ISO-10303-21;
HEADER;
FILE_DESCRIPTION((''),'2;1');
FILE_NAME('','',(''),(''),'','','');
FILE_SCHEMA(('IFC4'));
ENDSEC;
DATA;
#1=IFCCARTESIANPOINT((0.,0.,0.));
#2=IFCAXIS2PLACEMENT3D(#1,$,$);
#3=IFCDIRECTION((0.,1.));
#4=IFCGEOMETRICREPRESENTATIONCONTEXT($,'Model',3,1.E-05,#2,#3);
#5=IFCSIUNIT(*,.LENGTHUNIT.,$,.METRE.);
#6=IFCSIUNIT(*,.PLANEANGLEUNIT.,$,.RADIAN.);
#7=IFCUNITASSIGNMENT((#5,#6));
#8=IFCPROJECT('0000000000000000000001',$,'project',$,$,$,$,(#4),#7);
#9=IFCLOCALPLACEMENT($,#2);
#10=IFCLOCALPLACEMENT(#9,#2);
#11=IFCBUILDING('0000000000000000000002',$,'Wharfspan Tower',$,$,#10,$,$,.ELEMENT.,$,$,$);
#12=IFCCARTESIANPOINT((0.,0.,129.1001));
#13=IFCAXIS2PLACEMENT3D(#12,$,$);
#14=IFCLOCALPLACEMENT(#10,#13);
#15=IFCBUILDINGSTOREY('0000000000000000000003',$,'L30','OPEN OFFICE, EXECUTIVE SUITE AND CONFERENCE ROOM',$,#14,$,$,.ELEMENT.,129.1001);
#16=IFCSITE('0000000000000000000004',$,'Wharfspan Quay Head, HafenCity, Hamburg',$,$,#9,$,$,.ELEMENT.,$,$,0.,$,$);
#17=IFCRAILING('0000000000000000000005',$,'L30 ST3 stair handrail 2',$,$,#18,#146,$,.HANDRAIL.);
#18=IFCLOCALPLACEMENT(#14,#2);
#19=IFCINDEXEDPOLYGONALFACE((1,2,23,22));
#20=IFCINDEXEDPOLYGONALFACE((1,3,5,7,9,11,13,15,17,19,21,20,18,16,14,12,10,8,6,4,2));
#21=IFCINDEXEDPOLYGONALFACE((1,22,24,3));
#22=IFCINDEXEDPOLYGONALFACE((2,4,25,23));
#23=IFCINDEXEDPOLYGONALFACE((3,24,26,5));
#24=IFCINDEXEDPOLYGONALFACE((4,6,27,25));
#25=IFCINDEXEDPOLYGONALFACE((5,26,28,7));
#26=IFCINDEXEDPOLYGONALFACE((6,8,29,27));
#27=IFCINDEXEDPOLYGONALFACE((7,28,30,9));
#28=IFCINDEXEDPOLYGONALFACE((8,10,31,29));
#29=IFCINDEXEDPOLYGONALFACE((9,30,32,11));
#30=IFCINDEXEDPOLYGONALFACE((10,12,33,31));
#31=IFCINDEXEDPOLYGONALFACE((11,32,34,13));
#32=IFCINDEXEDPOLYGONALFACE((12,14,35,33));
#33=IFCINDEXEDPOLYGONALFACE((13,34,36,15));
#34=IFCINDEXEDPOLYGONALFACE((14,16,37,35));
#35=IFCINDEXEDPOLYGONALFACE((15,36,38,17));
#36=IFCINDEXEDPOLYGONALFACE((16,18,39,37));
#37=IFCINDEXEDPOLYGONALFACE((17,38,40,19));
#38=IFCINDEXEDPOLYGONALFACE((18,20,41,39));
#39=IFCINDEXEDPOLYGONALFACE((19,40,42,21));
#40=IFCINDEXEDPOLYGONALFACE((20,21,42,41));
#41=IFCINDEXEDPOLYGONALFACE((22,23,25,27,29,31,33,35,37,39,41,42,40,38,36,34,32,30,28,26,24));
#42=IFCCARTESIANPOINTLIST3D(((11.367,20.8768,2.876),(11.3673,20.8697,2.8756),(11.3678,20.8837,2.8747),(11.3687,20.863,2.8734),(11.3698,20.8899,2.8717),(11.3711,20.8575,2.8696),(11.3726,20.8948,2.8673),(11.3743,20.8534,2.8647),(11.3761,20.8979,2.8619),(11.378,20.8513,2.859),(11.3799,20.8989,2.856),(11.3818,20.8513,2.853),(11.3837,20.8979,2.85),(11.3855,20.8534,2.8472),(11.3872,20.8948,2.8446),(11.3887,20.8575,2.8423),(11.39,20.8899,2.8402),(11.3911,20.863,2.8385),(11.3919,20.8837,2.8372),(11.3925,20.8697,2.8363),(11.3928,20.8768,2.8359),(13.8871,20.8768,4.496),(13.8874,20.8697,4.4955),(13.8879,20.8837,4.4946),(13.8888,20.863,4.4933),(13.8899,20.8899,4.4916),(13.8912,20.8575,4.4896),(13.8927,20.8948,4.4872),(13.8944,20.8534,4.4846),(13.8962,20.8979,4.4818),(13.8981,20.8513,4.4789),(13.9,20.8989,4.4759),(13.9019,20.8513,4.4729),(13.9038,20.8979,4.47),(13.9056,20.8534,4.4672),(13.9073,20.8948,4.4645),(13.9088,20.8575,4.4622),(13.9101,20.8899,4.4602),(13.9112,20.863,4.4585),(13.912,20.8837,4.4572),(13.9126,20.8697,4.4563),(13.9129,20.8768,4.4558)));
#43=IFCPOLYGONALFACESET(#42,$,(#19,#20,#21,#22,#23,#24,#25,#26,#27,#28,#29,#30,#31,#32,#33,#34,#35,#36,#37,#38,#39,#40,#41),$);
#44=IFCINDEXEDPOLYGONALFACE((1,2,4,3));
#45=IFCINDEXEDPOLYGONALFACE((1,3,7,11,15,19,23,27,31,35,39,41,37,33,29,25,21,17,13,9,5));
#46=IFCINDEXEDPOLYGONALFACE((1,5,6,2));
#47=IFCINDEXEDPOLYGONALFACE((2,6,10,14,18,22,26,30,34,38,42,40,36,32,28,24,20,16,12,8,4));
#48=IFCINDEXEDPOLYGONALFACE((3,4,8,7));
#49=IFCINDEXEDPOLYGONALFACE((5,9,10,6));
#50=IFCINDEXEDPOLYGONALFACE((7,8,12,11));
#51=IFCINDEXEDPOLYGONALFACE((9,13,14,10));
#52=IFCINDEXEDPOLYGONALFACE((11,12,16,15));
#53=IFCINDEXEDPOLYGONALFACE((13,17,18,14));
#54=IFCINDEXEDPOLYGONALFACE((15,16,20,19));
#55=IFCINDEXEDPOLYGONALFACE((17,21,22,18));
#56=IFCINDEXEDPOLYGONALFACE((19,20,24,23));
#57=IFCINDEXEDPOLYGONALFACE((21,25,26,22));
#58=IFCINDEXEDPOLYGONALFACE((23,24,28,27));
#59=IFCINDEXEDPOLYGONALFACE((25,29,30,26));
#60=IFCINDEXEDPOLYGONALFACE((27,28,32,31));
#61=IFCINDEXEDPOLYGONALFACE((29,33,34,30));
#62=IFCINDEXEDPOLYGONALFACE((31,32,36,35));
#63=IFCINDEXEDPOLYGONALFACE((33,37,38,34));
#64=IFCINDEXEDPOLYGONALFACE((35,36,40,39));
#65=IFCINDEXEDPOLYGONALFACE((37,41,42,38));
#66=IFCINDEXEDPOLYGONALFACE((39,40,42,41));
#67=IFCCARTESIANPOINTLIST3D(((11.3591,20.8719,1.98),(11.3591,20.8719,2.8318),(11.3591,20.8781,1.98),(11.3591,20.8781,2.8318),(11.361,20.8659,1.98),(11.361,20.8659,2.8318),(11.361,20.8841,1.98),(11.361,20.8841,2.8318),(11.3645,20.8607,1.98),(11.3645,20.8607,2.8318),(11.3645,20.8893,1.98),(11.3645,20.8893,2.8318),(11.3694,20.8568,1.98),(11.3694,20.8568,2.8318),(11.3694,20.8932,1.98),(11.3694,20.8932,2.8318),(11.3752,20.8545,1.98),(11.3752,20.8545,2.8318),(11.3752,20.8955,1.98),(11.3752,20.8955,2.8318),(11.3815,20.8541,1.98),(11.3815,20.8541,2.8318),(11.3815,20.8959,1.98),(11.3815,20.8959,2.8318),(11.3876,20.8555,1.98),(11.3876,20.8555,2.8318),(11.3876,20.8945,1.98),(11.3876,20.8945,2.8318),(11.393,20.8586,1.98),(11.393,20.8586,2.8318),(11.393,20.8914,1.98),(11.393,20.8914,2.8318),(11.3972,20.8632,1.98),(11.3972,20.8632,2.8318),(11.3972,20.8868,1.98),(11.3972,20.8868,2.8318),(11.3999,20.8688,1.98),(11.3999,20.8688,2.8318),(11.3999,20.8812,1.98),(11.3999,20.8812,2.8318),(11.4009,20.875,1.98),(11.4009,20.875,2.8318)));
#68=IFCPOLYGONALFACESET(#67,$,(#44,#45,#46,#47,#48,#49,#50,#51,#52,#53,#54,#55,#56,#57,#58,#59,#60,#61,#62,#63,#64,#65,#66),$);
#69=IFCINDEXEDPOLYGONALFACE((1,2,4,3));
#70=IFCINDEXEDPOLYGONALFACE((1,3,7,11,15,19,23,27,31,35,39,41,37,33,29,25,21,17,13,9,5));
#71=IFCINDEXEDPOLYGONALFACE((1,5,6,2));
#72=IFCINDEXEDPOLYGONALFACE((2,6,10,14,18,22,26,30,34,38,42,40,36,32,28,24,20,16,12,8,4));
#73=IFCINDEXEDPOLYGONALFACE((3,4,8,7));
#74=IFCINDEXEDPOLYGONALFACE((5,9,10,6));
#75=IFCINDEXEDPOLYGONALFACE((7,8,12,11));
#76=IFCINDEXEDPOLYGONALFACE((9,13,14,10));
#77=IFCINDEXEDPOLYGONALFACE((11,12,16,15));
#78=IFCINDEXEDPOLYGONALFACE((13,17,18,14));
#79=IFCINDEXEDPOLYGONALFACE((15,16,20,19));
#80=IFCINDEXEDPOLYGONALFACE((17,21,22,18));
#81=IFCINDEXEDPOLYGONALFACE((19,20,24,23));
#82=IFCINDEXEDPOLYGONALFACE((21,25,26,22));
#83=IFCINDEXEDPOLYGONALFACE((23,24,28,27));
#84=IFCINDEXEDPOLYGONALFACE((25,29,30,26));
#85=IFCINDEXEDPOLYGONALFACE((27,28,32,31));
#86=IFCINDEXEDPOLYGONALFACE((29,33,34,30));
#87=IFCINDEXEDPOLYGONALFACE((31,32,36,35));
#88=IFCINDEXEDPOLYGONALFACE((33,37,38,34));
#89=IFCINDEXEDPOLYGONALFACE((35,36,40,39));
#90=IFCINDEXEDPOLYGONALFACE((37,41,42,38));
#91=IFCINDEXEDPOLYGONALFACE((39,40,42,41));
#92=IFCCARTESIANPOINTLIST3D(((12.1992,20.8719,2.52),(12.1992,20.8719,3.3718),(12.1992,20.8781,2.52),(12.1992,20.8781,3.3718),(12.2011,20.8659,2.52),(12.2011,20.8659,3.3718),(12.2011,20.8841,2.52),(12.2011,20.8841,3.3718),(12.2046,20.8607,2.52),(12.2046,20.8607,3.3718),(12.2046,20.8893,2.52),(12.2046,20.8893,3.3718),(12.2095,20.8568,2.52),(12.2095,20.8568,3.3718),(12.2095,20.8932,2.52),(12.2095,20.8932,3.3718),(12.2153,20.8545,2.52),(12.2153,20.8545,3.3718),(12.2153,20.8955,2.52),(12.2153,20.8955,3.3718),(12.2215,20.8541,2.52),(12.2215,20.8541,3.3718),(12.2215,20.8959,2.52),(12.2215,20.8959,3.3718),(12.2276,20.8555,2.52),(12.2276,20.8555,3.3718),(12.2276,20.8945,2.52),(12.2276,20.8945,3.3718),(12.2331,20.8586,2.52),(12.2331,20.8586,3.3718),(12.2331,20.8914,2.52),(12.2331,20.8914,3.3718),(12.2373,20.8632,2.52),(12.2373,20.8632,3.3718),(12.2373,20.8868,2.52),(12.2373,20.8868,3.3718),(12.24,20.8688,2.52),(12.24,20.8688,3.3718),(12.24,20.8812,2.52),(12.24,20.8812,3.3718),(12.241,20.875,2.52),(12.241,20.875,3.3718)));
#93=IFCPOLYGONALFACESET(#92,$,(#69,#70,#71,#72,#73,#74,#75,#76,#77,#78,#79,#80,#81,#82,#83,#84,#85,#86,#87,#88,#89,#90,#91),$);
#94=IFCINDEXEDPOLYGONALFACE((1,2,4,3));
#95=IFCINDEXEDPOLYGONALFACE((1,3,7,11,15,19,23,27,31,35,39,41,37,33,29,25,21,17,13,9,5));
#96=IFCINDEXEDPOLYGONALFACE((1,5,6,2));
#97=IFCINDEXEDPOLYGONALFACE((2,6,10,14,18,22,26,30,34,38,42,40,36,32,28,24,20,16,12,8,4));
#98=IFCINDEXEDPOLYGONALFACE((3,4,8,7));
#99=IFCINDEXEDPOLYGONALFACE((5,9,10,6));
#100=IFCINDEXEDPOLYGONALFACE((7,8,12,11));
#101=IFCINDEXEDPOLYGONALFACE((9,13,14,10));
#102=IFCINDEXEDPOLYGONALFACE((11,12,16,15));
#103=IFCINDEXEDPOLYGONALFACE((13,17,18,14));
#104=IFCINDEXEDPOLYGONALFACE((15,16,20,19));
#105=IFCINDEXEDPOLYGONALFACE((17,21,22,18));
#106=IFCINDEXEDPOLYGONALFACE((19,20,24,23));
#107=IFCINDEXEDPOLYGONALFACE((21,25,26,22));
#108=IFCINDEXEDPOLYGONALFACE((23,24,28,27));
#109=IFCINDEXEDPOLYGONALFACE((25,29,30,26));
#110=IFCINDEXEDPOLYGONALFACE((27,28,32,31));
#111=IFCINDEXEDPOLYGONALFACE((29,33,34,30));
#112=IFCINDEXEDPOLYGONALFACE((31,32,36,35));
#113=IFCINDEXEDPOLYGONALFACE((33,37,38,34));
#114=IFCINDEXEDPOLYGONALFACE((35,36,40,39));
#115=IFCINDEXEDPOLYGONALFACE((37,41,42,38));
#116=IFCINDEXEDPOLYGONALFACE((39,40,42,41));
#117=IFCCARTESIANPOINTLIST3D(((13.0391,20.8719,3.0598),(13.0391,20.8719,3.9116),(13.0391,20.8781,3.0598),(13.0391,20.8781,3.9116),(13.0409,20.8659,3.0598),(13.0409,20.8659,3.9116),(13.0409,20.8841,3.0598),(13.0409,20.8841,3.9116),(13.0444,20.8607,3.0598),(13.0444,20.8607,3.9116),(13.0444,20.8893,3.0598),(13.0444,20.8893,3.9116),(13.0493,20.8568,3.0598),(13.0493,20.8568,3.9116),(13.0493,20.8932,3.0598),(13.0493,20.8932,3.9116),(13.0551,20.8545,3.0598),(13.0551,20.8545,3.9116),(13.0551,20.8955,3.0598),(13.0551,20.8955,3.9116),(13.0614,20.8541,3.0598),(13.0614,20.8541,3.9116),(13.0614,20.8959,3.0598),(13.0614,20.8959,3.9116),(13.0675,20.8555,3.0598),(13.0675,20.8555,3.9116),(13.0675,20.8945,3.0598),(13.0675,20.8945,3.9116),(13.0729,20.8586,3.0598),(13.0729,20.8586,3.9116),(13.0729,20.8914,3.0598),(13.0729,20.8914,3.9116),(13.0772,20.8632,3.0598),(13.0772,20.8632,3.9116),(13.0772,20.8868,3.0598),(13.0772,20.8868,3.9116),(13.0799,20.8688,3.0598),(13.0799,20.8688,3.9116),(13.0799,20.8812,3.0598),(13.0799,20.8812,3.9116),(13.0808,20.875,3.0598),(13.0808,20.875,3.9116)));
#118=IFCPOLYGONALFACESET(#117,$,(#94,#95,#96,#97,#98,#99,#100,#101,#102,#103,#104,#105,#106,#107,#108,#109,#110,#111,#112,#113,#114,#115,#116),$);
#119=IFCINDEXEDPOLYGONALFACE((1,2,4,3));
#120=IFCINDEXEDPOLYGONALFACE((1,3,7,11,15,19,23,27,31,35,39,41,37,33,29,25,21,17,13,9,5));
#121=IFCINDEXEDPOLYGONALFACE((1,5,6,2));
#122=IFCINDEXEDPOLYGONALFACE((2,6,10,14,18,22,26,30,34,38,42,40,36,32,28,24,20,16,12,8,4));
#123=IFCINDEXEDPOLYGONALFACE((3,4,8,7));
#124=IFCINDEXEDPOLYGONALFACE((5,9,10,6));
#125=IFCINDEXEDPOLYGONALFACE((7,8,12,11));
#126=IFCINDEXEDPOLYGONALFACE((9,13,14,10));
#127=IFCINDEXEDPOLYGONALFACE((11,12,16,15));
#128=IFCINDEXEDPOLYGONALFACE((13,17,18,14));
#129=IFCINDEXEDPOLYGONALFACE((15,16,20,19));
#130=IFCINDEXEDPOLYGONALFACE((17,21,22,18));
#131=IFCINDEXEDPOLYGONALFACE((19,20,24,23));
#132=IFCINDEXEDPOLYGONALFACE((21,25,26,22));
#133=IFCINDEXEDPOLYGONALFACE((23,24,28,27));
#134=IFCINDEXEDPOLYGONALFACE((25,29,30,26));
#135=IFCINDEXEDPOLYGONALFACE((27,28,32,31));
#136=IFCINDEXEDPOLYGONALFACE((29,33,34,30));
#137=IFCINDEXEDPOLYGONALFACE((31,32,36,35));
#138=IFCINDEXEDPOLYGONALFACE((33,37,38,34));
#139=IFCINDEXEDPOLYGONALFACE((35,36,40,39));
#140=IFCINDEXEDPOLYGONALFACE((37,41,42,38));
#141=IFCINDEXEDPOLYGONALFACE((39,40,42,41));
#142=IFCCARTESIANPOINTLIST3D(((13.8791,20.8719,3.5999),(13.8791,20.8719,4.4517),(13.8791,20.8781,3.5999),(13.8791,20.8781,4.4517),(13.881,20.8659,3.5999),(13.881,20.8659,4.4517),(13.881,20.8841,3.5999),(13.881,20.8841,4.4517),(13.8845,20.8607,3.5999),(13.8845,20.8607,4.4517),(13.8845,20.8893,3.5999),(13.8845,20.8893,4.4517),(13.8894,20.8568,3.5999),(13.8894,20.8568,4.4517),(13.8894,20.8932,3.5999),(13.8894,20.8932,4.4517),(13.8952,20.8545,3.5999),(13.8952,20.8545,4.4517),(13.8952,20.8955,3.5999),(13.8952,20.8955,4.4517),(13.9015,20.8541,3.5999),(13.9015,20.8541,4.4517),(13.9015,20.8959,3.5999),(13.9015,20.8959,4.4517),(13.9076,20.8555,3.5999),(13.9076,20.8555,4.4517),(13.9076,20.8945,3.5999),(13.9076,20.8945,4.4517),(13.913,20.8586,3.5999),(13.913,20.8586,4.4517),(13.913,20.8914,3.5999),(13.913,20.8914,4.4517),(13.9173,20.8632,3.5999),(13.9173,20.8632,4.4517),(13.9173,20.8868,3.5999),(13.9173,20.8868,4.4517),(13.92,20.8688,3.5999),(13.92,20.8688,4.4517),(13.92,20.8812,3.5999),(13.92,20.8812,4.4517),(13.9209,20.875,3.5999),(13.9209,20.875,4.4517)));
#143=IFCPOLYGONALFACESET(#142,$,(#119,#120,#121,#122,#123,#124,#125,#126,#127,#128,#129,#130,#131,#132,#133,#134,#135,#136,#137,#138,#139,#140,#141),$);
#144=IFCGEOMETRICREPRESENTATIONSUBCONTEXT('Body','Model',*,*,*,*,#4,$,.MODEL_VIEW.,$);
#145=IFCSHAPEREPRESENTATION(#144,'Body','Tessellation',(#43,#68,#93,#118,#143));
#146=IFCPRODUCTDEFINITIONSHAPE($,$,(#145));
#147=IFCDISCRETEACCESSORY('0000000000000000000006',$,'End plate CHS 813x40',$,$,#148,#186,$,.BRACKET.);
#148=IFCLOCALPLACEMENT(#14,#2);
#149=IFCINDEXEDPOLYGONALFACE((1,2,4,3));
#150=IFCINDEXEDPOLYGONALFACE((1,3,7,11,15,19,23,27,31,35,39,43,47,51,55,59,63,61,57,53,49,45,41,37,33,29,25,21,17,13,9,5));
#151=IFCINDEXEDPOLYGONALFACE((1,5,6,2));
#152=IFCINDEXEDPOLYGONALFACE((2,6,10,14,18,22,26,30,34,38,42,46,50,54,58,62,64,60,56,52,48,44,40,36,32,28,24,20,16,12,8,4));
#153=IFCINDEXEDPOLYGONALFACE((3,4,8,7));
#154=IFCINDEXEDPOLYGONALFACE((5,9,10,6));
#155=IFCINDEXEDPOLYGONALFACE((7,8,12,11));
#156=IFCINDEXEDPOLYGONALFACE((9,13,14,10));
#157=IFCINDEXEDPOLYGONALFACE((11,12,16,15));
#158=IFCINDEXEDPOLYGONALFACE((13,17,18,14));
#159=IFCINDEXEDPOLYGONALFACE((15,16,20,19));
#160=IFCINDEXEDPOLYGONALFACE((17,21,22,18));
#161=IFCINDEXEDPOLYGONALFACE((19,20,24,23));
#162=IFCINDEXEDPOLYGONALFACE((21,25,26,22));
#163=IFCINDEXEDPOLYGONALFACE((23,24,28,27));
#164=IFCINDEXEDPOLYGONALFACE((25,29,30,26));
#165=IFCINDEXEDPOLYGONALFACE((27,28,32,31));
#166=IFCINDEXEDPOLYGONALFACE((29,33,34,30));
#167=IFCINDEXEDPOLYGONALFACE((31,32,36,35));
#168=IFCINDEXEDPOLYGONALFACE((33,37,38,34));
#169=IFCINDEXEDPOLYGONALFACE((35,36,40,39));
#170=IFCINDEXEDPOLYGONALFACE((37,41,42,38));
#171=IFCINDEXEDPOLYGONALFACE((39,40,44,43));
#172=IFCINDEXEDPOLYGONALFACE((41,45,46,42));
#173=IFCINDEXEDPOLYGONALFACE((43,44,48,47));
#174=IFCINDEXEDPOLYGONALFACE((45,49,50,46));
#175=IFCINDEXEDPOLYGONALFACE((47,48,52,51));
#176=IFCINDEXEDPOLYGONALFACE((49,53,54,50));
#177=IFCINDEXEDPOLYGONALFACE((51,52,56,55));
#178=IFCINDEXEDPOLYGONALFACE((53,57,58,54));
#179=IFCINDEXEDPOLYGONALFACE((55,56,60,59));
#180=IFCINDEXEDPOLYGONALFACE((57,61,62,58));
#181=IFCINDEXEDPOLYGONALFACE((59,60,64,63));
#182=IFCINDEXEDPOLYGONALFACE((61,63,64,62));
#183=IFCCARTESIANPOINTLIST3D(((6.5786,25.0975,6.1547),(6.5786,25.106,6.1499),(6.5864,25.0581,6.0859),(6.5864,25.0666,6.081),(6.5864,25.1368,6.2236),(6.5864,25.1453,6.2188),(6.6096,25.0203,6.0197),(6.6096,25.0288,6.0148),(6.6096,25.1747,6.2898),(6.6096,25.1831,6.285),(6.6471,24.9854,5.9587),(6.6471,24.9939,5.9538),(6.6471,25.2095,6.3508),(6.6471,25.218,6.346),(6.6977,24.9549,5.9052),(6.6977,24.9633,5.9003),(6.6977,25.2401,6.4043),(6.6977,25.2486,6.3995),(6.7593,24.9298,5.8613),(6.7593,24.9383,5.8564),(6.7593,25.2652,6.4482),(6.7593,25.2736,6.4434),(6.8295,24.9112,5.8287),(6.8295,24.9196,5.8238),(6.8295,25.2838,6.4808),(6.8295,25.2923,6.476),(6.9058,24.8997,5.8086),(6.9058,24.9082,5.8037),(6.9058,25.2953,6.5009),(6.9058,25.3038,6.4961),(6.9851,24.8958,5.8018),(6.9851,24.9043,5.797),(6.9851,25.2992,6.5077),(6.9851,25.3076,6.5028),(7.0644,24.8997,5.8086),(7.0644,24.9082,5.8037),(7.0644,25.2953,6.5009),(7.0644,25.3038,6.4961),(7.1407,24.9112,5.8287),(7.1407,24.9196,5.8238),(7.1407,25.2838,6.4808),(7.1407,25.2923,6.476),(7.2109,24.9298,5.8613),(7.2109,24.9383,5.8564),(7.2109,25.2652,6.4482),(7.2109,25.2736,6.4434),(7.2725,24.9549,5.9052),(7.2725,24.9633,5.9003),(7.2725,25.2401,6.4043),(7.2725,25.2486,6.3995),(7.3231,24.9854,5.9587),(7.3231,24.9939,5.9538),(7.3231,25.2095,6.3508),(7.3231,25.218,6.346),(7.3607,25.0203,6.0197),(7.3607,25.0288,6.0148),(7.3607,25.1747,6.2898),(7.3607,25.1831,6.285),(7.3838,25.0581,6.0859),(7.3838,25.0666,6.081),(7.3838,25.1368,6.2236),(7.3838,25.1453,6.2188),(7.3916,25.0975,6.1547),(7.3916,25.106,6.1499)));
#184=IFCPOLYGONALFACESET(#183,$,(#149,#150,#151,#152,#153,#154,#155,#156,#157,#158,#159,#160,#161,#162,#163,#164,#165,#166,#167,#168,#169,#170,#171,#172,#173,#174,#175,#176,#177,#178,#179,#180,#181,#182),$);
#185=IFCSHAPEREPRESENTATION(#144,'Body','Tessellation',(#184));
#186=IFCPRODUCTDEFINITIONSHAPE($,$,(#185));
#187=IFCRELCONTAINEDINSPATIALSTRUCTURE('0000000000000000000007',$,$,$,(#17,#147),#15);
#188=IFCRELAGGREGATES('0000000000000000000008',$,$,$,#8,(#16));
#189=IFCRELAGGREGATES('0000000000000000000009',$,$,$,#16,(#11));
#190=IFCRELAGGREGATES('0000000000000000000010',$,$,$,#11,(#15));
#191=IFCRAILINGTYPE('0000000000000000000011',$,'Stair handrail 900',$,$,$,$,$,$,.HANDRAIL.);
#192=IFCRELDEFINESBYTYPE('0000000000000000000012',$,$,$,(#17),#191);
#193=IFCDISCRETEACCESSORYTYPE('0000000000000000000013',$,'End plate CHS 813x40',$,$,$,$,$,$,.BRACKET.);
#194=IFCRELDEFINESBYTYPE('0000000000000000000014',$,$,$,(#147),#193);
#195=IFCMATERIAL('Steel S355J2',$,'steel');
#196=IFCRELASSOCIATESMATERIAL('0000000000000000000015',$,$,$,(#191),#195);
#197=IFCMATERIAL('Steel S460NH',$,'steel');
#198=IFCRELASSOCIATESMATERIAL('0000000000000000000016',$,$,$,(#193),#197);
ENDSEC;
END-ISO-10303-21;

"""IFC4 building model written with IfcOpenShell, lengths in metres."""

from ifc_helpers import new_model, si_unit, direction, frame, origin, origin_2d, place, context, subcontext, project, spatial, circle, extrude, material, material_profile, profile_set, type_object, element, save


model = new_model("IFC4")

# Units and contexts
model_context = context("Model", 3, precision=1e-05, world=origin(), true_north=direction((0.0, 1.0)))
body_context = subcontext(model_context, "Body", "Model", "MODEL_VIEW")
ifc_project = project(units=[si_unit("LENGTHUNIT", "METRE"), si_unit("PLANEANGLEUNIT", "RADIAN")], contexts=[model_context])

# Site, building, storey
site_placement = place(None, origin())
site = spatial("IfcSite", under=ifc_project, at=site_placement, Name="Wharfspan Quay Head, HafenCity, Hamburg", CompositionType="ELEMENT", RefElevation=0.0)
building_placement = place(site_placement, origin())
building = spatial("IfcBuilding", under=site, at=building_placement, Name="Wharfspan Tower", CompositionType="ELEMENT")
storey_placement = place(building_placement, frame((0.0, 0.0, 129.1001)))
storey = spatial("IfcBuildingStorey", under=building, at=storey_placement, Name="L30", Description="OPEN OFFICE, EXECUTIVE SUITE AND CONFERENCE ROOM", CompositionType="ELEMENT", Elevation=129.1001)

# Shared definitions
ifc_material_1 = material(Name="Steel S355J2", Category="steel")

# Shared definitions
ifc_material_2 = material(Name="Steel S460NH", Category="steel")

# Railing
railing_type_1 = type_object("IfcRailingType", Name="Stair handrail 900", PredefinedType="HANDRAIL", material=ifc_material_1)
railing_1_placement = place(storey_placement, frame((11.3799, 20.875, 1.98)))
element("IfcRailing", 1, at=railing_1_placement, inside=storey, type_object=railing_type_1, Name="L30 ST3 stair handrail 2", PredefinedType="HANDRAIL", context=body_context, shape_type="SweptSolid", body=[
    extrude(circle(Radius=0.0239, at=origin_2d()), frame((0.0, 0.0, 0.876), z_axis=(0.8412, 0.0, 0.540725), x_axis=(0.0, 1.0, 0.0)), (0.0, 0.0, 1.0), 2.9958),
    extrude(circle(Radius=0.021, at=origin_2d()), origin(), (0.0, 0.0, 1.0), 0.8518),
    extrude(circle(Radius=0.021, at=origin_2d()), frame((0.8401, 0.0, 0.54)), (0.0, 0.0, 1.0), 0.8518),
    extrude(circle(Radius=0.021, at=origin_2d()), frame((1.6799, 0.0, 1.0798)), (0.0, 0.0, 1.0), 0.8518),
    extrude(circle(Radius=0.021, at=origin_2d()), frame((2.52, 0.0, 1.6199)), (0.0, 0.0, 1.0), 0.8518),
])

# Discrete accessory
ifc_material_profile_1 = material_profile(ifc_material_2, circle(Radius=0.4065, at=origin_2d()))
ifc_profile_set_1 = profile_set([ifc_material_profile_1], Name="Steel S460NH")
discrete_accessory_type = type_object("IfcDiscreteAccessoryType", Name="End plate CHS 813x40", PredefinedType="BRACKET", material=ifc_profile_set_1)
for number, where, z_axis, x_axis, name in (
    (2, (6.9851, 25.106, 6.1499), (0.0, -0.868243, 0.496139), (1.0, 0.0, 0.0), "End plate CHS 813x40"),
):
    element("IfcDiscreteAccessory", number, at=place(storey_placement, frame(where, z_axis=z_axis, x_axis=x_axis)), inside=storey, type_object=discrete_accessory_type, Name=name, PredefinedType="BRACKET", context=body_context, shape_type="SweptSolid", body=[
        extrude(circle(Radius=0.4065, at=origin_2d()), origin(), (0.0, 0.0, 1.0), 0.0098),
    ])

save(model, "model.ifc")
